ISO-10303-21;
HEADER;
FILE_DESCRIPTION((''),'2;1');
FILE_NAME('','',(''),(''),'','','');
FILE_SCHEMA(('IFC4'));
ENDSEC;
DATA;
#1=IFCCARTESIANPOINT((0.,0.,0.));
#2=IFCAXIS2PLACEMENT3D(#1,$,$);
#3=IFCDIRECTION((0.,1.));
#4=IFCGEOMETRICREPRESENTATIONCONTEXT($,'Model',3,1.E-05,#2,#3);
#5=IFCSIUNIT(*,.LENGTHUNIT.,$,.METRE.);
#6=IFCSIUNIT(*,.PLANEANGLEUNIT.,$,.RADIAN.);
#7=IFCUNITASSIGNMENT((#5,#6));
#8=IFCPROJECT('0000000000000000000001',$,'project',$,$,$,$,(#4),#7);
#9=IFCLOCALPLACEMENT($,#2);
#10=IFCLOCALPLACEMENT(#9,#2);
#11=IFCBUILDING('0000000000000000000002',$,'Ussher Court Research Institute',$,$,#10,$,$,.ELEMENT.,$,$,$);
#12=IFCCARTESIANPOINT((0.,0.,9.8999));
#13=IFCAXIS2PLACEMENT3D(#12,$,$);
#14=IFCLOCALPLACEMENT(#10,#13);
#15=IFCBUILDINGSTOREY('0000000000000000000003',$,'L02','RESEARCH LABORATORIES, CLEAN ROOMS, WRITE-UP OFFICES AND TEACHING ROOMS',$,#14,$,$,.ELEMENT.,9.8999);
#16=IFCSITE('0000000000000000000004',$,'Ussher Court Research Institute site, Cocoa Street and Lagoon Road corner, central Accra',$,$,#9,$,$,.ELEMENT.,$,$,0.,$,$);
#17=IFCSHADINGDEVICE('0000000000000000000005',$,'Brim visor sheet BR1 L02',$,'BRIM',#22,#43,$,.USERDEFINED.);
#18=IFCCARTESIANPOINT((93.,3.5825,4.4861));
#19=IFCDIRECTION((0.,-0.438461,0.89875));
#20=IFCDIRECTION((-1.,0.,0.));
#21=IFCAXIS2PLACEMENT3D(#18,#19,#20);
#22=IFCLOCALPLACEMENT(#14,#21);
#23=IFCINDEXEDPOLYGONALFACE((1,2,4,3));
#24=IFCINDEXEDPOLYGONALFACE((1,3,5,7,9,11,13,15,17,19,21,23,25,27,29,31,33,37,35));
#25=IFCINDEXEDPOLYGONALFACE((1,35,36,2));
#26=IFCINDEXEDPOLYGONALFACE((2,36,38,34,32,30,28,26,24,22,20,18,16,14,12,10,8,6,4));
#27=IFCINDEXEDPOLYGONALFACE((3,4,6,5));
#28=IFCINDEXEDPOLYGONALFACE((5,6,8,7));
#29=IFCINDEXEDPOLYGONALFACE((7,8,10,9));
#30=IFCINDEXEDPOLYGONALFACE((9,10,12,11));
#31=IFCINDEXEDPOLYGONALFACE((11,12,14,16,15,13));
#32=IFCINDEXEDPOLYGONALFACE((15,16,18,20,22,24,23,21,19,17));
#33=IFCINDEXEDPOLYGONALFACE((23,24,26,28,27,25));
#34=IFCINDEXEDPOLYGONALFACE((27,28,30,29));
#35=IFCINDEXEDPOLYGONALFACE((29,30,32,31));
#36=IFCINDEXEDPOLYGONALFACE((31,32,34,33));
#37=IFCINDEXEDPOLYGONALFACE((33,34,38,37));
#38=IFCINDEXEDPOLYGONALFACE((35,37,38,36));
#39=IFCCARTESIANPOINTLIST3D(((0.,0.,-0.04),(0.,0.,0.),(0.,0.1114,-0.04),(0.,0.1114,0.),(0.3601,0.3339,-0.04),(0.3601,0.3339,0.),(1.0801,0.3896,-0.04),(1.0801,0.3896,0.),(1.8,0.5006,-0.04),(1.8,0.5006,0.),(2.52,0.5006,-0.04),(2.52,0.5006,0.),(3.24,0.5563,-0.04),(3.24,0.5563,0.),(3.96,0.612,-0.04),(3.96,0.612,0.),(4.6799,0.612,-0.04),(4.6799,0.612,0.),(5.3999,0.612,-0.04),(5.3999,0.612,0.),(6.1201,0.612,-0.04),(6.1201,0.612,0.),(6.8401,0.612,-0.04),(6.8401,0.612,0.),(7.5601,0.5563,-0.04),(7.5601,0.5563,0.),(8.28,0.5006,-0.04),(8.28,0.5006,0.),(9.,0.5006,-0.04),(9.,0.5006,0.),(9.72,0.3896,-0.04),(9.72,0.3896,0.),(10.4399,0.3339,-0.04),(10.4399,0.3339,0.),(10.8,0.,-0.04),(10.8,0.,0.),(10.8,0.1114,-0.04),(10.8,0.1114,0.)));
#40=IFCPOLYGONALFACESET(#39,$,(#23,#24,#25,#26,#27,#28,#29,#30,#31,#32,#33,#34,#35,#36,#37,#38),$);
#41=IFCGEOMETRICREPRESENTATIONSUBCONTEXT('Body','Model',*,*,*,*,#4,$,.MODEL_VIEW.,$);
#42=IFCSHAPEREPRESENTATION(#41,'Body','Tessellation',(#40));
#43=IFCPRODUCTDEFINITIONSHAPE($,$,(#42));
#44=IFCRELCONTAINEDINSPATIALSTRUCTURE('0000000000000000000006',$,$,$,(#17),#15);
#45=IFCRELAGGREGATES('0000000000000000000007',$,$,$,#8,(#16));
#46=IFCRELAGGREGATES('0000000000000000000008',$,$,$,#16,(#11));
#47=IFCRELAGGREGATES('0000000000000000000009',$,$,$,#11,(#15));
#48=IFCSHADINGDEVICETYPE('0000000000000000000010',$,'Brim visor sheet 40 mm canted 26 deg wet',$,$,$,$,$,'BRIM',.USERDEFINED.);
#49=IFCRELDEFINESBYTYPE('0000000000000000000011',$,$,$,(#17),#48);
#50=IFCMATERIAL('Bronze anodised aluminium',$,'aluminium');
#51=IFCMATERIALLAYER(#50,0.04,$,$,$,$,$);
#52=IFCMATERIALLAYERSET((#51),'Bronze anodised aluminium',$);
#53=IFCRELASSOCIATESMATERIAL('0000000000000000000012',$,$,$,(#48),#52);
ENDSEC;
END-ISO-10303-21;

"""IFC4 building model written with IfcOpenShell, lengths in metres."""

from ifc_helpers import new_model, si_unit, direction, frame, origin, place, context, subcontext, project, spatial, polyline, outline, extrude, material, layer, layer_set, type_object, element, save


model = new_model("IFC4")

# Units and contexts
model_context = context("Model", 3, precision=1e-05, world=origin(), true_north=direction((0.0, 1.0)))
body_context = subcontext(model_context, "Body", "Model", "MODEL_VIEW")
ifc_project = project(units=[si_unit("LENGTHUNIT", "METRE"), si_unit("PLANEANGLEUNIT", "RADIAN")], contexts=[model_context])

# Site, building, storey
site_placement = place(None, origin())
site = spatial("IfcSite", under=ifc_project, at=site_placement, Name="Ussher Court Research Institute site, Cocoa Street and Lagoon Road corner, central Accra", CompositionType="ELEMENT", RefElevation=0.0)
building_placement = place(site_placement, origin())
building = spatial("IfcBuilding", under=site, at=building_placement, Name="Ussher Court Research Institute", CompositionType="ELEMENT")
storey_placement = place(building_placement, frame((0.0, 0.0, 9.8999)))
storey = spatial("IfcBuildingStorey", under=building, at=storey_placement, Name="L02", Description="RESEARCH LABORATORIES, CLEAN ROOMS, WRITE-UP OFFICES AND TEACHING ROOMS", CompositionType="ELEMENT", Elevation=9.8999)

# Shading device
ifc_material_1 = material(Name="Bronze anodised aluminium", Category="aluminium")
ifc_layer_1 = layer(ifc_material_1, 0.04)
ifc_layer_set_1 = layer_set([ifc_layer_1], Name="Bronze anodised aluminium")
shading_device_type_1 = type_object("IfcShadingDeviceType", Name="Brim visor sheet 40 mm canted 26 deg wet", ElementType="BRIM", PredefinedType="USERDEFINED", material=ifc_layer_set_1)
shading_device_placement = place(storey_placement, frame((93.0, 3.5825, 4.4861), z_axis=(0.0, -0.438461, 0.89875), x_axis=(-1.0, 0.0, 0.0)))
element("IfcShadingDevice", 1, at=shading_device_placement, inside=storey, type_object=shading_device_type_1, Name="Brim visor sheet BR1 L02", ObjectType="BRIM", PredefinedType="USERDEFINED", context=body_context, shape_type="SweptSolid", body=[
    extrude(outline(polyline([(0.0, 0.0), (10.8, 0.0), (10.8, 0.1114), (10.4399, 0.3339), (9.72, 0.3896), (9.0, 0.5006), (8.28, 0.5006), (7.5601, 0.5563), (6.8401, 0.612), (6.1201, 0.612), (5.3999, 0.612), (4.6799, 0.612), (3.96, 0.612), (3.24, 0.5563), (2.52, 0.5006), (1.8, 0.5006), (1.0801, 0.3896), (0.3601, 0.3339), (0.0, 0.1114), (0.0, 0.0)])), origin(), (0.0, 0.0, -1.0), 0.04),
])

save(model, "model.ifc")
